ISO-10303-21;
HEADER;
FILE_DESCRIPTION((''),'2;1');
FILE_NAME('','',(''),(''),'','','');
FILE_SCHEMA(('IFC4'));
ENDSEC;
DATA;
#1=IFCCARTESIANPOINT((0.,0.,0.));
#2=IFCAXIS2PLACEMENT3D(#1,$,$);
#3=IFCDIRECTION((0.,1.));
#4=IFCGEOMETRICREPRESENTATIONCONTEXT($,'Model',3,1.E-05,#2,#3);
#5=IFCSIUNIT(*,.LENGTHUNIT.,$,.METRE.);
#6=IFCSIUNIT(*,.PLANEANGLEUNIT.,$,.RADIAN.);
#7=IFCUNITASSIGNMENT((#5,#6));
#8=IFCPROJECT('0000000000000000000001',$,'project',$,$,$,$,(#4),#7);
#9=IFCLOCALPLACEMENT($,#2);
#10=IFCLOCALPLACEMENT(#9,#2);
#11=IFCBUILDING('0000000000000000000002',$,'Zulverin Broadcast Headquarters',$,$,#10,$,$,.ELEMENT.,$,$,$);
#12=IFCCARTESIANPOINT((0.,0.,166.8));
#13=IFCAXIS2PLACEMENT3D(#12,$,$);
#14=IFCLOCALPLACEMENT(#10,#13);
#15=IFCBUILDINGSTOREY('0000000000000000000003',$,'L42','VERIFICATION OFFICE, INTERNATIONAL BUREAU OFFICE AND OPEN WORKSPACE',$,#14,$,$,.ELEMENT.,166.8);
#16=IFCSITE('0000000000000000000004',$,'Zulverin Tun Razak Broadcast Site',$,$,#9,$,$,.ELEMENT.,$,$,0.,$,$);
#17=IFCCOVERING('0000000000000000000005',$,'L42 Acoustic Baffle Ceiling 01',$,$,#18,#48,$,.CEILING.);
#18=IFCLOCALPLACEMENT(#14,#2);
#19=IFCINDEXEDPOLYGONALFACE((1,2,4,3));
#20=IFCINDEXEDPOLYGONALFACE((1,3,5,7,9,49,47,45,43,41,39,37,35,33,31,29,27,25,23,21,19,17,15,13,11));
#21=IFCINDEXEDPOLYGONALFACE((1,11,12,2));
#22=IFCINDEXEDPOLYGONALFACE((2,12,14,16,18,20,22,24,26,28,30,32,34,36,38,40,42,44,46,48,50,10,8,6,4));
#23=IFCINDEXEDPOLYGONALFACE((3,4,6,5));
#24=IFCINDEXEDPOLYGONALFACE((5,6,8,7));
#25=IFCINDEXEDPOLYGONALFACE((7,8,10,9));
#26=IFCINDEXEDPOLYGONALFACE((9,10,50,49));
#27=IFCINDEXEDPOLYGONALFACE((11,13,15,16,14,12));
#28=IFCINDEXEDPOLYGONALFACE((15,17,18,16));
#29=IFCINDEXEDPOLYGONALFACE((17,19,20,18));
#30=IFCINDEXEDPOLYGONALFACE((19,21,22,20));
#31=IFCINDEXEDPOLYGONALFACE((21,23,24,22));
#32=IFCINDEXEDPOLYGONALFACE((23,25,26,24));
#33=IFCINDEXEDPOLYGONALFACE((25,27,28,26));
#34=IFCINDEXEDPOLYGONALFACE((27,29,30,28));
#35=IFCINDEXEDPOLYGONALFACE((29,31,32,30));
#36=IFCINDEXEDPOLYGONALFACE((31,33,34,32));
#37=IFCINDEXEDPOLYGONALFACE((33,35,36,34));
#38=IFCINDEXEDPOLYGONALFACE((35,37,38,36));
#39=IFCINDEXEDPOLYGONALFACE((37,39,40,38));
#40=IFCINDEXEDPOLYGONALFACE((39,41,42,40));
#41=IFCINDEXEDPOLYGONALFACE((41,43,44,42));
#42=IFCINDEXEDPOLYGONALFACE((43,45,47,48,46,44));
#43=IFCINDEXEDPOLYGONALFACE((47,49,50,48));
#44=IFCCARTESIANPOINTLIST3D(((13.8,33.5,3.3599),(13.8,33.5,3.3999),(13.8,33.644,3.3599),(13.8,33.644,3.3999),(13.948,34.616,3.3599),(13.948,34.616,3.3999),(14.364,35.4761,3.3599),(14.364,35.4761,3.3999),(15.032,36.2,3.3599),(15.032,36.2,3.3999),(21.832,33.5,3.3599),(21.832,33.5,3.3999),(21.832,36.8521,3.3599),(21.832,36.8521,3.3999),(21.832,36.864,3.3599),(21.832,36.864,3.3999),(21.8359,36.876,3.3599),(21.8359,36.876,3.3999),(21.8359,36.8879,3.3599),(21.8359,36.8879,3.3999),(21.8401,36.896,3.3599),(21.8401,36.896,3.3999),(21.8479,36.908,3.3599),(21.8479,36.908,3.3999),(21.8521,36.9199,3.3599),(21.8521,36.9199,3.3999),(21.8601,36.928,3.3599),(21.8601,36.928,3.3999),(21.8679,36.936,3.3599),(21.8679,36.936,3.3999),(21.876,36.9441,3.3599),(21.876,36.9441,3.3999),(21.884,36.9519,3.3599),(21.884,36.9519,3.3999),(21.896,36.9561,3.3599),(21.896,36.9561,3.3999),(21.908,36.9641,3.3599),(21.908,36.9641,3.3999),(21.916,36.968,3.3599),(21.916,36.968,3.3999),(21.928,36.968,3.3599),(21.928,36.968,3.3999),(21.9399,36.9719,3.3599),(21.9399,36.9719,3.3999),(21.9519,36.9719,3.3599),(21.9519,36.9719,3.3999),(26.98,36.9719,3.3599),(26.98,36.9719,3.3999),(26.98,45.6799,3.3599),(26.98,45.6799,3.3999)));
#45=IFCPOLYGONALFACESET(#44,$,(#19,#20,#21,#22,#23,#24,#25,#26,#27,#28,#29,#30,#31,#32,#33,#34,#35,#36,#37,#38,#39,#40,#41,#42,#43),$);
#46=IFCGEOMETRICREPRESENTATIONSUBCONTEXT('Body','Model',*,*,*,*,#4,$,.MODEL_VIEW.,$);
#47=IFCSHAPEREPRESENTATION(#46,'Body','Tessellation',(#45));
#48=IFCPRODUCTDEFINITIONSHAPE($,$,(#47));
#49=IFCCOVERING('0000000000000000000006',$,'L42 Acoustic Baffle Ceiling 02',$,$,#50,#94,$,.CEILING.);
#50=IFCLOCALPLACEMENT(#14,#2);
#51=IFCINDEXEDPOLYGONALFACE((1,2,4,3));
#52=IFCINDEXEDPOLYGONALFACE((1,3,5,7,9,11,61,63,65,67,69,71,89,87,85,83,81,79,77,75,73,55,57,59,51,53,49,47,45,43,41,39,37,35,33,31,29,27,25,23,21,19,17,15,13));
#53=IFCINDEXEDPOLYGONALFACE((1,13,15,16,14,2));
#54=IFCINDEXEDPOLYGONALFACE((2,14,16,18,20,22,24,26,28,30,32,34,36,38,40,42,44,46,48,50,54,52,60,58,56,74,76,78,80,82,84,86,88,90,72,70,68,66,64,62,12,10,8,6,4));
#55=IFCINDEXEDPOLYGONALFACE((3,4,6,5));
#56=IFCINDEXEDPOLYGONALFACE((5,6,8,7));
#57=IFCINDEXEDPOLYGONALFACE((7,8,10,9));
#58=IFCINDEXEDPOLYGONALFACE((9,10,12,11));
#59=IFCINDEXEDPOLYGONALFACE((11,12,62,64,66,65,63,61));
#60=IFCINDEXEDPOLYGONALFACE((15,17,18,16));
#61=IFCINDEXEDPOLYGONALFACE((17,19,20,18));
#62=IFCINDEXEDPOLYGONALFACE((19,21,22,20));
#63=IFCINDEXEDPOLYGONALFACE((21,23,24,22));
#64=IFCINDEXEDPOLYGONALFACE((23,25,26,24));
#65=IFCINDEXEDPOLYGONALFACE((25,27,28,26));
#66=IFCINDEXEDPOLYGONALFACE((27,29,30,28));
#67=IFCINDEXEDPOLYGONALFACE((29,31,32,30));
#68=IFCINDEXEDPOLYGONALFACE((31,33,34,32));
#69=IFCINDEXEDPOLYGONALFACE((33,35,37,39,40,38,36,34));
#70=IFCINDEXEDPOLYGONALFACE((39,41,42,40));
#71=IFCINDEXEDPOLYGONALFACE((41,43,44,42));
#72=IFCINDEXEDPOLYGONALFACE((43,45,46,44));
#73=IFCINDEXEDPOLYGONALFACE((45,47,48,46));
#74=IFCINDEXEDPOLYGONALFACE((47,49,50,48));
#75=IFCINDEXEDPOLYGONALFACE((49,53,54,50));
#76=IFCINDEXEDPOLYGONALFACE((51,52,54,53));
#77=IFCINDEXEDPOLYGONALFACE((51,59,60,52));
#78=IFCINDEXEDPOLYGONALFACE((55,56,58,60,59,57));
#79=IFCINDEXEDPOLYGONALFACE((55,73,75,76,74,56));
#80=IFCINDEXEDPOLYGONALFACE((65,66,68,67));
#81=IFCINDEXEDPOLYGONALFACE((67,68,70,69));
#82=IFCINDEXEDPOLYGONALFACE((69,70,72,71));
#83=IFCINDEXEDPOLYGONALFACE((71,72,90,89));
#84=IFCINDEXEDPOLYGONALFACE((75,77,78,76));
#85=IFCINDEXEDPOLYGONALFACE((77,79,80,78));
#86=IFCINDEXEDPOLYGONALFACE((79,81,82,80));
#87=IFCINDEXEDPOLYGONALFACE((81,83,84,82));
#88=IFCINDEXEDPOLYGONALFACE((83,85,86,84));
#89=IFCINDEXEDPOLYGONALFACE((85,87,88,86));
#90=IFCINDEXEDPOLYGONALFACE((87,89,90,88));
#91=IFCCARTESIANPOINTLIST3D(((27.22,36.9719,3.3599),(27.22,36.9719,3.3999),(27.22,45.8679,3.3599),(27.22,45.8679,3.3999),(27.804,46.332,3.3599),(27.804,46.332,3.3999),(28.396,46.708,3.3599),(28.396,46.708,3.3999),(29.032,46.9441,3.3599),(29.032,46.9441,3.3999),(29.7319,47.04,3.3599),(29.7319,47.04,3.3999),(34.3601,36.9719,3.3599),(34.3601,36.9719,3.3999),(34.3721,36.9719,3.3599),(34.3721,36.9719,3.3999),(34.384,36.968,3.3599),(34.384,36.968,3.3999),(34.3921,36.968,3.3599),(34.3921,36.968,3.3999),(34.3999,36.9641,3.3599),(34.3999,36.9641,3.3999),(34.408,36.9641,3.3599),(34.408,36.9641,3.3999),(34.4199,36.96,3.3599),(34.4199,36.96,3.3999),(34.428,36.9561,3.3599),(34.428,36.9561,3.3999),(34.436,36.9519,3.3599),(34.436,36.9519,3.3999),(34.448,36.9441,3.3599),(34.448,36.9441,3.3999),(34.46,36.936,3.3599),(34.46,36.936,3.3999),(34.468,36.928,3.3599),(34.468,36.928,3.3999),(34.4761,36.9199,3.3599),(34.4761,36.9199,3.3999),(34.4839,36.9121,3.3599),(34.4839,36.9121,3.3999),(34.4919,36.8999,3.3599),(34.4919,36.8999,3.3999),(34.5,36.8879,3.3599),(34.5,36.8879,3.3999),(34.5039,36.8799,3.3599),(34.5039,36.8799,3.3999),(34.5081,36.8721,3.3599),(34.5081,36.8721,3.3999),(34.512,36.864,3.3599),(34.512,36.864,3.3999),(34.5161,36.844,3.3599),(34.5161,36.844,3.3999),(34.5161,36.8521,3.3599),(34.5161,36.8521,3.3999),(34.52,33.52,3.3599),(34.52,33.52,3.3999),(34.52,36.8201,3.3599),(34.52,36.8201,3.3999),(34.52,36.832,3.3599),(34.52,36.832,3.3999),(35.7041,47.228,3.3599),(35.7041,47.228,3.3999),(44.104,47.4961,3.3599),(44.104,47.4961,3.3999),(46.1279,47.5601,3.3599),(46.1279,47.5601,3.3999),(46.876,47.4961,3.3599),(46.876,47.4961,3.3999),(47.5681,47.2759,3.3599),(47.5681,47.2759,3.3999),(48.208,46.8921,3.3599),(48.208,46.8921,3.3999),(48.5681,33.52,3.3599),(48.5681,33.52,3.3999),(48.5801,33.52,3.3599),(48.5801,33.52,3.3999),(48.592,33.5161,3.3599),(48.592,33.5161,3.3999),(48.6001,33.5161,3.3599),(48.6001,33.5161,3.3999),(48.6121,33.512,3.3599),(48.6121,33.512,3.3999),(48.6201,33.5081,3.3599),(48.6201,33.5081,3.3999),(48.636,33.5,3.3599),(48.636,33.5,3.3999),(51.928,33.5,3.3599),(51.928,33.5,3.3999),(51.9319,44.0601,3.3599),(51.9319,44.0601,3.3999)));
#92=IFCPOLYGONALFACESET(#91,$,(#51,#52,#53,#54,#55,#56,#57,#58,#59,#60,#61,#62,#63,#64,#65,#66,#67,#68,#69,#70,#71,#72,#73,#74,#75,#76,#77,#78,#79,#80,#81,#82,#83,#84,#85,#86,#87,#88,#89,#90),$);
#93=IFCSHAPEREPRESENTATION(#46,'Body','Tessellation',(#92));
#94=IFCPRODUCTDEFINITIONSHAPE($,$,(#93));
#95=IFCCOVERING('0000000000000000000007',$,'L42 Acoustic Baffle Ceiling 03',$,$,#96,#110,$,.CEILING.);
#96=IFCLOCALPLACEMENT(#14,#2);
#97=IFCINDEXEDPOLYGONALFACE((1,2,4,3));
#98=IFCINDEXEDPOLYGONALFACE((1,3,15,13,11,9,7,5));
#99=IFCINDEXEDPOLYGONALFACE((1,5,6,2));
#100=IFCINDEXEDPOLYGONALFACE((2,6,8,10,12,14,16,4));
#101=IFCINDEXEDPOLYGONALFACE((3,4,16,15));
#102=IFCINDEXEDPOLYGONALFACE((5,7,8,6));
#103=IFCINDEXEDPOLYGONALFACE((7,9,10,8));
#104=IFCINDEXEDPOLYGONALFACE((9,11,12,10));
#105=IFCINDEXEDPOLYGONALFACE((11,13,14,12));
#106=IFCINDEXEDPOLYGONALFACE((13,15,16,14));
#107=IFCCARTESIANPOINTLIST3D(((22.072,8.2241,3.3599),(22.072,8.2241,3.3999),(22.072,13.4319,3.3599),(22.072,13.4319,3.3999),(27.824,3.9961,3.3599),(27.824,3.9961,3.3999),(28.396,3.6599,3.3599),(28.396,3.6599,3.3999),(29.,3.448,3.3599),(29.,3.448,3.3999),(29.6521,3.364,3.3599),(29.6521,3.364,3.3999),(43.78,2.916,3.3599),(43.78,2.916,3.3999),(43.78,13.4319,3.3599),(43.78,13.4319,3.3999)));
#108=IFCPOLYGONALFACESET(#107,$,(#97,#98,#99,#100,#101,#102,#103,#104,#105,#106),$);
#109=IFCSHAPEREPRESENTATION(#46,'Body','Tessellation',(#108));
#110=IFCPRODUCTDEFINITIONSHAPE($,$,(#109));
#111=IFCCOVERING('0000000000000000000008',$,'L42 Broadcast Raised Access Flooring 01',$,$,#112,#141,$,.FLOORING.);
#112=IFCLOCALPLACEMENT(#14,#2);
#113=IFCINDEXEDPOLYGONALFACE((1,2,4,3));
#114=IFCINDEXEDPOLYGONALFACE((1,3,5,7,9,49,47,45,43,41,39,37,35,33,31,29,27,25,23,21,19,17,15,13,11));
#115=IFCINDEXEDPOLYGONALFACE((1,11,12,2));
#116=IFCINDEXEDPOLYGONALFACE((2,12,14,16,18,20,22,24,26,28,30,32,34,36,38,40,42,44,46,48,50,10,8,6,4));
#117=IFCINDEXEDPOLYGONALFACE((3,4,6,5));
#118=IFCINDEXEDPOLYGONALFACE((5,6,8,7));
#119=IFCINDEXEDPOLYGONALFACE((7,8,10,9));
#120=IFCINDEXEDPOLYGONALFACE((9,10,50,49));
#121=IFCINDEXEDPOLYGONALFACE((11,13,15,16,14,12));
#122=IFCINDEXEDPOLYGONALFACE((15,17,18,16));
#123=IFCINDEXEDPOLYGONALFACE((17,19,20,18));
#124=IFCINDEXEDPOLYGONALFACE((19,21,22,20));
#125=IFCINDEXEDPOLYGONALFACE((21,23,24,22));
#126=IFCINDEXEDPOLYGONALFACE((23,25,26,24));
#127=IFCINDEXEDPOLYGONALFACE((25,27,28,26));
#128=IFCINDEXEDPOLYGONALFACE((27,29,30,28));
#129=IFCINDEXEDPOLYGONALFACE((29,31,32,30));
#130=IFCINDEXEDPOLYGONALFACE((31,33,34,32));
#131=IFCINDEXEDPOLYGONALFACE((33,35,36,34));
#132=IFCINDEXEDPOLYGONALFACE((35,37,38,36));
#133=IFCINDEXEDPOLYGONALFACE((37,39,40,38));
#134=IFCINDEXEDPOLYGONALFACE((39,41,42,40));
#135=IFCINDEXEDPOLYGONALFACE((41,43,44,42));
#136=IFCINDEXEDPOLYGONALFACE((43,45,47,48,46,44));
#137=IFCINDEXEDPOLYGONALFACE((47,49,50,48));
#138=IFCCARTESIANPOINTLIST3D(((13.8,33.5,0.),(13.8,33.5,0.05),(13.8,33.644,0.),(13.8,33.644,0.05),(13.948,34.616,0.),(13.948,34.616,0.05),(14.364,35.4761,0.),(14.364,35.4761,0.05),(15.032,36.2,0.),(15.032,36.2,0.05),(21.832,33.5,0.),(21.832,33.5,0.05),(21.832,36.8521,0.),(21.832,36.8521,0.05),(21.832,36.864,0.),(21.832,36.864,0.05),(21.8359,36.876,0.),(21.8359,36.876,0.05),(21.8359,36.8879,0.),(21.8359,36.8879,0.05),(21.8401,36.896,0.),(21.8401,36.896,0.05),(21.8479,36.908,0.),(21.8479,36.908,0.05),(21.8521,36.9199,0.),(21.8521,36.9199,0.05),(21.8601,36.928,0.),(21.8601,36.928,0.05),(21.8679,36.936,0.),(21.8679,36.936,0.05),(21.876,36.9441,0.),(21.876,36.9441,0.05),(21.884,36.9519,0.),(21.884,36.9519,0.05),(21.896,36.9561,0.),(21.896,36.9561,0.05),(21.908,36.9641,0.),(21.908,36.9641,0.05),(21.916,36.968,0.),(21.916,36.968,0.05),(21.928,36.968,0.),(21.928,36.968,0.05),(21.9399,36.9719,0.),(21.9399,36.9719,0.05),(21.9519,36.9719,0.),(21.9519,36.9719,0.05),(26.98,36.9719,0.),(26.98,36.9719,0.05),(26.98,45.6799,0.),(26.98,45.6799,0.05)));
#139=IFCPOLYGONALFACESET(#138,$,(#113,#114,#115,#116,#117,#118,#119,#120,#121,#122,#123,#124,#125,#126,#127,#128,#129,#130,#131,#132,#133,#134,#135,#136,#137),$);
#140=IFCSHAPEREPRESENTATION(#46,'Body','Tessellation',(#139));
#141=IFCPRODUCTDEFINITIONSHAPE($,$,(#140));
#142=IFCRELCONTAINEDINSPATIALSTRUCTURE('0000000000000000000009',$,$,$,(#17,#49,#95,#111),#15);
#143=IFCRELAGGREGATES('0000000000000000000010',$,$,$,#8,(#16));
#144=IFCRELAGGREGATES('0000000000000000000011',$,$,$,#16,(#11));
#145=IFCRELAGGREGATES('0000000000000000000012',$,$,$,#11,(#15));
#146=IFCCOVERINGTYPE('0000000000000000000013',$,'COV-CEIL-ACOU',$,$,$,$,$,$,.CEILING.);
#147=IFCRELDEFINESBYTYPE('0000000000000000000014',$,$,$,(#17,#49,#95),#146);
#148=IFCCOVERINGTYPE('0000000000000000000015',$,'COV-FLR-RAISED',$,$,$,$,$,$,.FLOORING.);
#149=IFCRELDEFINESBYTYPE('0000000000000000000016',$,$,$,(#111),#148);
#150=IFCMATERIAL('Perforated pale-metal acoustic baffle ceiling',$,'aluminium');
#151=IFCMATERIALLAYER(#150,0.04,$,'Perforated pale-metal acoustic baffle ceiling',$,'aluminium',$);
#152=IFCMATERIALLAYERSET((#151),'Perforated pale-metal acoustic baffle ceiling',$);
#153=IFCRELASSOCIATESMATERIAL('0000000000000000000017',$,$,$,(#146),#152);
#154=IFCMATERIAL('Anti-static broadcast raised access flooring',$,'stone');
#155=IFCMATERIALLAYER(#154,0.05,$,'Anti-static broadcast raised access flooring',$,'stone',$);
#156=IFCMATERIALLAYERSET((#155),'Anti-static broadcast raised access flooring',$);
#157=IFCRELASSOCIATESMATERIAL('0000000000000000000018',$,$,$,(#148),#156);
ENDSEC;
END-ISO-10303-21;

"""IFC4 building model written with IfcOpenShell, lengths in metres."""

from ifc_helpers import new_model, si_unit, direction, frame, origin, place, context, subcontext, project, spatial, polyline, outline, extrude, material, layer, layer_set, type_object, element, save


model = new_model("IFC4")

# Units and contexts
model_context = context("Model", 3, precision=1e-05, world=origin(), true_north=direction((0.0, 1.0)))
body_context = subcontext(model_context, "Body", "Model", "MODEL_VIEW")
ifc_project = project(units=[si_unit("LENGTHUNIT", "METRE"), si_unit("PLANEANGLEUNIT", "RADIAN")], contexts=[model_context])

# Site, building, storey
site_placement = place(None, origin())
site = spatial("IfcSite", under=ifc_project, at=site_placement, Name="Zulverin Tun Razak Broadcast Site", CompositionType="ELEMENT", RefElevation=0.0)
building_placement = place(site_placement, origin())
building = spatial("IfcBuilding", under=site, at=building_placement, Name="Zulverin Broadcast Headquarters", CompositionType="ELEMENT")
storey_placement = place(building_placement, frame((0.0, 0.0, 166.8)))
storey = spatial("IfcBuildingStorey", under=building, at=storey_placement, Name="L42", Description="VERIFICATION OFFICE, INTERNATIONAL BUREAU OFFICE AND OPEN WORKSPACE", CompositionType="ELEMENT", Elevation=166.8)

# Coverings
ifc_material_1 = material(Name="Perforated pale-metal acoustic baffle ceiling", Category="aluminium")
ifc_layer_1 = layer(ifc_material_1, 0.04, Name="Perforated pale-metal acoustic baffle ceiling", Category="aluminium")
ifc_layer_set_1 = layer_set([ifc_layer_1], Name="Perforated pale-metal acoustic baffle ceiling")
covering_type_1 = type_object("IfcCoveringType", Name="COV-CEIL-ACOU", PredefinedType="CEILING", material=ifc_layer_set_1)
covering_1_placement = place(storey_placement, frame((0.0, 0.0, 3.3599)))
element("IfcCovering", 1, at=covering_1_placement, inside=storey, type_object=covering_type_1, Name="L42 Acoustic Baffle Ceiling 01", PredefinedType="CEILING", context=body_context, shape_type="SweptSolid", body=[
    extrude(outline(polyline([(21.9519, 36.9719), (26.98, 36.9719), (26.98, 45.6799), (15.032, 36.2), (14.364, 35.4761), (13.948, 34.616), (13.8, 33.644), (13.8, 33.5), (21.832, 33.5), (21.832, 36.8521), (21.832, 36.864), (21.8359, 36.876), (21.8359, 36.8879), (21.8401, 36.896), (21.8479, 36.908), (21.8521, 36.9199), (21.8601, 36.928), (21.8679, 36.936), (21.876, 36.9441), (21.884, 36.9519), (21.896, 36.9561), (21.908, 36.9641), (21.916, 36.968), (21.928, 36.968), (21.9399, 36.9719), (21.9519, 36.9719)])), origin(), (0.0, 0.0, 1.0), 0.04),
])
covering_2_placement = place(storey_placement, frame((0.0, 0.0, 3.3599)))
element("IfcCovering", 2, at=covering_2_placement, inside=storey, type_object=covering_type_1, Name="L42 Acoustic Baffle Ceiling 02", PredefinedType="CEILING", context=body_context, shape_type="SweptSolid", body=[
    extrude(outline(polyline([(29.032, 46.9441), (28.396, 46.708), (27.804, 46.332), (27.22, 45.8679), (27.22, 36.9719), (34.3601, 36.9719), (34.3721, 36.9719), (34.384, 36.968), (34.3921, 36.968), (34.3999, 36.9641), (34.408, 36.9641), (34.4199, 36.96), (34.428, 36.9561), (34.436, 36.9519), (34.448, 36.9441), (34.46, 36.936), (34.468, 36.928), (34.4761, 36.9199), (34.4839, 36.9121), (34.4919, 36.8999), (34.5, 36.8879), (34.5039, 36.8799), (34.5081, 36.8721), (34.512, 36.864), (34.5161, 36.8521), (34.5161, 36.844), (34.52, 36.832), (34.52, 36.8201), (34.52, 33.52), (48.5681, 33.52), (48.5801, 33.52), (48.592, 33.5161), (48.6001, 33.5161), (48.6121, 33.512), (48.6201, 33.5081), (48.636, 33.5), (51.928, 33.5), (51.9319, 44.0601), (48.208, 46.8921), (47.5681, 47.2759), (46.876, 47.4961), (46.1279, 47.5601), (44.104, 47.4961), (35.7041, 47.228), (29.7319, 47.04), (29.032, 46.9441)])), origin(), (0.0, 0.0, 1.0), 0.04),
])
covering_3_placement = place(storey_placement, frame((0.0, 0.0, 3.3599)))
element("IfcCovering", 3, at=covering_3_placement, inside=storey, type_object=covering_type_1, Name="L42 Acoustic Baffle Ceiling 03", PredefinedType="CEILING", context=body_context, shape_type="SweptSolid", body=[
    extrude(outline(polyline([(28.396, 3.6599), (29.0, 3.448), (29.6521, 3.364), (43.78, 2.916), (43.78, 13.4319), (22.072, 13.4319), (22.072, 8.2241), (27.824, 3.9961), (28.396, 3.6599)])), origin(), (0.0, 0.0, 1.0), 0.04),
])
ifc_material_2 = material(Name="Anti-static broadcast raised access flooring", Category="stone")
ifc_layer_2 = layer(ifc_material_2, 0.05, Name="Anti-static broadcast raised access flooring", Category="stone")
ifc_layer_set_2 = layer_set([ifc_layer_2], Name="Anti-static broadcast raised access flooring")
covering_type_2 = type_object("IfcCoveringType", Name="COV-FLR-RAISED", PredefinedType="FLOORING", material=ifc_layer_set_2)
covering_4_placement = place(storey_placement, origin())
element("IfcCovering", 4, at=covering_4_placement, inside=storey, type_object=covering_type_2, Name="L42 Broadcast Raised Access Flooring 01", PredefinedType="FLOORING", context=body_context, shape_type="SweptSolid", body=[
    extrude(outline(polyline([(21.9519, 36.9719), (26.98, 36.9719), (26.98, 45.6799), (15.032, 36.2), (14.364, 35.4761), (13.948, 34.616), (13.8, 33.644), (13.8, 33.5), (21.832, 33.5), (21.832, 36.8521), (21.832, 36.864), (21.8359, 36.876), (21.8359, 36.8879), (21.8401, 36.896), (21.8479, 36.908), (21.8521, 36.9199), (21.8601, 36.928), (21.8679, 36.936), (21.876, 36.9441), (21.884, 36.9519), (21.896, 36.9561), (21.908, 36.9641), (21.916, 36.968), (21.928, 36.968), (21.9399, 36.9719), (21.9519, 36.9719)])), origin(), (0.0, 0.0, 1.0), 0.05),
])

save(model, "model.ifc")
